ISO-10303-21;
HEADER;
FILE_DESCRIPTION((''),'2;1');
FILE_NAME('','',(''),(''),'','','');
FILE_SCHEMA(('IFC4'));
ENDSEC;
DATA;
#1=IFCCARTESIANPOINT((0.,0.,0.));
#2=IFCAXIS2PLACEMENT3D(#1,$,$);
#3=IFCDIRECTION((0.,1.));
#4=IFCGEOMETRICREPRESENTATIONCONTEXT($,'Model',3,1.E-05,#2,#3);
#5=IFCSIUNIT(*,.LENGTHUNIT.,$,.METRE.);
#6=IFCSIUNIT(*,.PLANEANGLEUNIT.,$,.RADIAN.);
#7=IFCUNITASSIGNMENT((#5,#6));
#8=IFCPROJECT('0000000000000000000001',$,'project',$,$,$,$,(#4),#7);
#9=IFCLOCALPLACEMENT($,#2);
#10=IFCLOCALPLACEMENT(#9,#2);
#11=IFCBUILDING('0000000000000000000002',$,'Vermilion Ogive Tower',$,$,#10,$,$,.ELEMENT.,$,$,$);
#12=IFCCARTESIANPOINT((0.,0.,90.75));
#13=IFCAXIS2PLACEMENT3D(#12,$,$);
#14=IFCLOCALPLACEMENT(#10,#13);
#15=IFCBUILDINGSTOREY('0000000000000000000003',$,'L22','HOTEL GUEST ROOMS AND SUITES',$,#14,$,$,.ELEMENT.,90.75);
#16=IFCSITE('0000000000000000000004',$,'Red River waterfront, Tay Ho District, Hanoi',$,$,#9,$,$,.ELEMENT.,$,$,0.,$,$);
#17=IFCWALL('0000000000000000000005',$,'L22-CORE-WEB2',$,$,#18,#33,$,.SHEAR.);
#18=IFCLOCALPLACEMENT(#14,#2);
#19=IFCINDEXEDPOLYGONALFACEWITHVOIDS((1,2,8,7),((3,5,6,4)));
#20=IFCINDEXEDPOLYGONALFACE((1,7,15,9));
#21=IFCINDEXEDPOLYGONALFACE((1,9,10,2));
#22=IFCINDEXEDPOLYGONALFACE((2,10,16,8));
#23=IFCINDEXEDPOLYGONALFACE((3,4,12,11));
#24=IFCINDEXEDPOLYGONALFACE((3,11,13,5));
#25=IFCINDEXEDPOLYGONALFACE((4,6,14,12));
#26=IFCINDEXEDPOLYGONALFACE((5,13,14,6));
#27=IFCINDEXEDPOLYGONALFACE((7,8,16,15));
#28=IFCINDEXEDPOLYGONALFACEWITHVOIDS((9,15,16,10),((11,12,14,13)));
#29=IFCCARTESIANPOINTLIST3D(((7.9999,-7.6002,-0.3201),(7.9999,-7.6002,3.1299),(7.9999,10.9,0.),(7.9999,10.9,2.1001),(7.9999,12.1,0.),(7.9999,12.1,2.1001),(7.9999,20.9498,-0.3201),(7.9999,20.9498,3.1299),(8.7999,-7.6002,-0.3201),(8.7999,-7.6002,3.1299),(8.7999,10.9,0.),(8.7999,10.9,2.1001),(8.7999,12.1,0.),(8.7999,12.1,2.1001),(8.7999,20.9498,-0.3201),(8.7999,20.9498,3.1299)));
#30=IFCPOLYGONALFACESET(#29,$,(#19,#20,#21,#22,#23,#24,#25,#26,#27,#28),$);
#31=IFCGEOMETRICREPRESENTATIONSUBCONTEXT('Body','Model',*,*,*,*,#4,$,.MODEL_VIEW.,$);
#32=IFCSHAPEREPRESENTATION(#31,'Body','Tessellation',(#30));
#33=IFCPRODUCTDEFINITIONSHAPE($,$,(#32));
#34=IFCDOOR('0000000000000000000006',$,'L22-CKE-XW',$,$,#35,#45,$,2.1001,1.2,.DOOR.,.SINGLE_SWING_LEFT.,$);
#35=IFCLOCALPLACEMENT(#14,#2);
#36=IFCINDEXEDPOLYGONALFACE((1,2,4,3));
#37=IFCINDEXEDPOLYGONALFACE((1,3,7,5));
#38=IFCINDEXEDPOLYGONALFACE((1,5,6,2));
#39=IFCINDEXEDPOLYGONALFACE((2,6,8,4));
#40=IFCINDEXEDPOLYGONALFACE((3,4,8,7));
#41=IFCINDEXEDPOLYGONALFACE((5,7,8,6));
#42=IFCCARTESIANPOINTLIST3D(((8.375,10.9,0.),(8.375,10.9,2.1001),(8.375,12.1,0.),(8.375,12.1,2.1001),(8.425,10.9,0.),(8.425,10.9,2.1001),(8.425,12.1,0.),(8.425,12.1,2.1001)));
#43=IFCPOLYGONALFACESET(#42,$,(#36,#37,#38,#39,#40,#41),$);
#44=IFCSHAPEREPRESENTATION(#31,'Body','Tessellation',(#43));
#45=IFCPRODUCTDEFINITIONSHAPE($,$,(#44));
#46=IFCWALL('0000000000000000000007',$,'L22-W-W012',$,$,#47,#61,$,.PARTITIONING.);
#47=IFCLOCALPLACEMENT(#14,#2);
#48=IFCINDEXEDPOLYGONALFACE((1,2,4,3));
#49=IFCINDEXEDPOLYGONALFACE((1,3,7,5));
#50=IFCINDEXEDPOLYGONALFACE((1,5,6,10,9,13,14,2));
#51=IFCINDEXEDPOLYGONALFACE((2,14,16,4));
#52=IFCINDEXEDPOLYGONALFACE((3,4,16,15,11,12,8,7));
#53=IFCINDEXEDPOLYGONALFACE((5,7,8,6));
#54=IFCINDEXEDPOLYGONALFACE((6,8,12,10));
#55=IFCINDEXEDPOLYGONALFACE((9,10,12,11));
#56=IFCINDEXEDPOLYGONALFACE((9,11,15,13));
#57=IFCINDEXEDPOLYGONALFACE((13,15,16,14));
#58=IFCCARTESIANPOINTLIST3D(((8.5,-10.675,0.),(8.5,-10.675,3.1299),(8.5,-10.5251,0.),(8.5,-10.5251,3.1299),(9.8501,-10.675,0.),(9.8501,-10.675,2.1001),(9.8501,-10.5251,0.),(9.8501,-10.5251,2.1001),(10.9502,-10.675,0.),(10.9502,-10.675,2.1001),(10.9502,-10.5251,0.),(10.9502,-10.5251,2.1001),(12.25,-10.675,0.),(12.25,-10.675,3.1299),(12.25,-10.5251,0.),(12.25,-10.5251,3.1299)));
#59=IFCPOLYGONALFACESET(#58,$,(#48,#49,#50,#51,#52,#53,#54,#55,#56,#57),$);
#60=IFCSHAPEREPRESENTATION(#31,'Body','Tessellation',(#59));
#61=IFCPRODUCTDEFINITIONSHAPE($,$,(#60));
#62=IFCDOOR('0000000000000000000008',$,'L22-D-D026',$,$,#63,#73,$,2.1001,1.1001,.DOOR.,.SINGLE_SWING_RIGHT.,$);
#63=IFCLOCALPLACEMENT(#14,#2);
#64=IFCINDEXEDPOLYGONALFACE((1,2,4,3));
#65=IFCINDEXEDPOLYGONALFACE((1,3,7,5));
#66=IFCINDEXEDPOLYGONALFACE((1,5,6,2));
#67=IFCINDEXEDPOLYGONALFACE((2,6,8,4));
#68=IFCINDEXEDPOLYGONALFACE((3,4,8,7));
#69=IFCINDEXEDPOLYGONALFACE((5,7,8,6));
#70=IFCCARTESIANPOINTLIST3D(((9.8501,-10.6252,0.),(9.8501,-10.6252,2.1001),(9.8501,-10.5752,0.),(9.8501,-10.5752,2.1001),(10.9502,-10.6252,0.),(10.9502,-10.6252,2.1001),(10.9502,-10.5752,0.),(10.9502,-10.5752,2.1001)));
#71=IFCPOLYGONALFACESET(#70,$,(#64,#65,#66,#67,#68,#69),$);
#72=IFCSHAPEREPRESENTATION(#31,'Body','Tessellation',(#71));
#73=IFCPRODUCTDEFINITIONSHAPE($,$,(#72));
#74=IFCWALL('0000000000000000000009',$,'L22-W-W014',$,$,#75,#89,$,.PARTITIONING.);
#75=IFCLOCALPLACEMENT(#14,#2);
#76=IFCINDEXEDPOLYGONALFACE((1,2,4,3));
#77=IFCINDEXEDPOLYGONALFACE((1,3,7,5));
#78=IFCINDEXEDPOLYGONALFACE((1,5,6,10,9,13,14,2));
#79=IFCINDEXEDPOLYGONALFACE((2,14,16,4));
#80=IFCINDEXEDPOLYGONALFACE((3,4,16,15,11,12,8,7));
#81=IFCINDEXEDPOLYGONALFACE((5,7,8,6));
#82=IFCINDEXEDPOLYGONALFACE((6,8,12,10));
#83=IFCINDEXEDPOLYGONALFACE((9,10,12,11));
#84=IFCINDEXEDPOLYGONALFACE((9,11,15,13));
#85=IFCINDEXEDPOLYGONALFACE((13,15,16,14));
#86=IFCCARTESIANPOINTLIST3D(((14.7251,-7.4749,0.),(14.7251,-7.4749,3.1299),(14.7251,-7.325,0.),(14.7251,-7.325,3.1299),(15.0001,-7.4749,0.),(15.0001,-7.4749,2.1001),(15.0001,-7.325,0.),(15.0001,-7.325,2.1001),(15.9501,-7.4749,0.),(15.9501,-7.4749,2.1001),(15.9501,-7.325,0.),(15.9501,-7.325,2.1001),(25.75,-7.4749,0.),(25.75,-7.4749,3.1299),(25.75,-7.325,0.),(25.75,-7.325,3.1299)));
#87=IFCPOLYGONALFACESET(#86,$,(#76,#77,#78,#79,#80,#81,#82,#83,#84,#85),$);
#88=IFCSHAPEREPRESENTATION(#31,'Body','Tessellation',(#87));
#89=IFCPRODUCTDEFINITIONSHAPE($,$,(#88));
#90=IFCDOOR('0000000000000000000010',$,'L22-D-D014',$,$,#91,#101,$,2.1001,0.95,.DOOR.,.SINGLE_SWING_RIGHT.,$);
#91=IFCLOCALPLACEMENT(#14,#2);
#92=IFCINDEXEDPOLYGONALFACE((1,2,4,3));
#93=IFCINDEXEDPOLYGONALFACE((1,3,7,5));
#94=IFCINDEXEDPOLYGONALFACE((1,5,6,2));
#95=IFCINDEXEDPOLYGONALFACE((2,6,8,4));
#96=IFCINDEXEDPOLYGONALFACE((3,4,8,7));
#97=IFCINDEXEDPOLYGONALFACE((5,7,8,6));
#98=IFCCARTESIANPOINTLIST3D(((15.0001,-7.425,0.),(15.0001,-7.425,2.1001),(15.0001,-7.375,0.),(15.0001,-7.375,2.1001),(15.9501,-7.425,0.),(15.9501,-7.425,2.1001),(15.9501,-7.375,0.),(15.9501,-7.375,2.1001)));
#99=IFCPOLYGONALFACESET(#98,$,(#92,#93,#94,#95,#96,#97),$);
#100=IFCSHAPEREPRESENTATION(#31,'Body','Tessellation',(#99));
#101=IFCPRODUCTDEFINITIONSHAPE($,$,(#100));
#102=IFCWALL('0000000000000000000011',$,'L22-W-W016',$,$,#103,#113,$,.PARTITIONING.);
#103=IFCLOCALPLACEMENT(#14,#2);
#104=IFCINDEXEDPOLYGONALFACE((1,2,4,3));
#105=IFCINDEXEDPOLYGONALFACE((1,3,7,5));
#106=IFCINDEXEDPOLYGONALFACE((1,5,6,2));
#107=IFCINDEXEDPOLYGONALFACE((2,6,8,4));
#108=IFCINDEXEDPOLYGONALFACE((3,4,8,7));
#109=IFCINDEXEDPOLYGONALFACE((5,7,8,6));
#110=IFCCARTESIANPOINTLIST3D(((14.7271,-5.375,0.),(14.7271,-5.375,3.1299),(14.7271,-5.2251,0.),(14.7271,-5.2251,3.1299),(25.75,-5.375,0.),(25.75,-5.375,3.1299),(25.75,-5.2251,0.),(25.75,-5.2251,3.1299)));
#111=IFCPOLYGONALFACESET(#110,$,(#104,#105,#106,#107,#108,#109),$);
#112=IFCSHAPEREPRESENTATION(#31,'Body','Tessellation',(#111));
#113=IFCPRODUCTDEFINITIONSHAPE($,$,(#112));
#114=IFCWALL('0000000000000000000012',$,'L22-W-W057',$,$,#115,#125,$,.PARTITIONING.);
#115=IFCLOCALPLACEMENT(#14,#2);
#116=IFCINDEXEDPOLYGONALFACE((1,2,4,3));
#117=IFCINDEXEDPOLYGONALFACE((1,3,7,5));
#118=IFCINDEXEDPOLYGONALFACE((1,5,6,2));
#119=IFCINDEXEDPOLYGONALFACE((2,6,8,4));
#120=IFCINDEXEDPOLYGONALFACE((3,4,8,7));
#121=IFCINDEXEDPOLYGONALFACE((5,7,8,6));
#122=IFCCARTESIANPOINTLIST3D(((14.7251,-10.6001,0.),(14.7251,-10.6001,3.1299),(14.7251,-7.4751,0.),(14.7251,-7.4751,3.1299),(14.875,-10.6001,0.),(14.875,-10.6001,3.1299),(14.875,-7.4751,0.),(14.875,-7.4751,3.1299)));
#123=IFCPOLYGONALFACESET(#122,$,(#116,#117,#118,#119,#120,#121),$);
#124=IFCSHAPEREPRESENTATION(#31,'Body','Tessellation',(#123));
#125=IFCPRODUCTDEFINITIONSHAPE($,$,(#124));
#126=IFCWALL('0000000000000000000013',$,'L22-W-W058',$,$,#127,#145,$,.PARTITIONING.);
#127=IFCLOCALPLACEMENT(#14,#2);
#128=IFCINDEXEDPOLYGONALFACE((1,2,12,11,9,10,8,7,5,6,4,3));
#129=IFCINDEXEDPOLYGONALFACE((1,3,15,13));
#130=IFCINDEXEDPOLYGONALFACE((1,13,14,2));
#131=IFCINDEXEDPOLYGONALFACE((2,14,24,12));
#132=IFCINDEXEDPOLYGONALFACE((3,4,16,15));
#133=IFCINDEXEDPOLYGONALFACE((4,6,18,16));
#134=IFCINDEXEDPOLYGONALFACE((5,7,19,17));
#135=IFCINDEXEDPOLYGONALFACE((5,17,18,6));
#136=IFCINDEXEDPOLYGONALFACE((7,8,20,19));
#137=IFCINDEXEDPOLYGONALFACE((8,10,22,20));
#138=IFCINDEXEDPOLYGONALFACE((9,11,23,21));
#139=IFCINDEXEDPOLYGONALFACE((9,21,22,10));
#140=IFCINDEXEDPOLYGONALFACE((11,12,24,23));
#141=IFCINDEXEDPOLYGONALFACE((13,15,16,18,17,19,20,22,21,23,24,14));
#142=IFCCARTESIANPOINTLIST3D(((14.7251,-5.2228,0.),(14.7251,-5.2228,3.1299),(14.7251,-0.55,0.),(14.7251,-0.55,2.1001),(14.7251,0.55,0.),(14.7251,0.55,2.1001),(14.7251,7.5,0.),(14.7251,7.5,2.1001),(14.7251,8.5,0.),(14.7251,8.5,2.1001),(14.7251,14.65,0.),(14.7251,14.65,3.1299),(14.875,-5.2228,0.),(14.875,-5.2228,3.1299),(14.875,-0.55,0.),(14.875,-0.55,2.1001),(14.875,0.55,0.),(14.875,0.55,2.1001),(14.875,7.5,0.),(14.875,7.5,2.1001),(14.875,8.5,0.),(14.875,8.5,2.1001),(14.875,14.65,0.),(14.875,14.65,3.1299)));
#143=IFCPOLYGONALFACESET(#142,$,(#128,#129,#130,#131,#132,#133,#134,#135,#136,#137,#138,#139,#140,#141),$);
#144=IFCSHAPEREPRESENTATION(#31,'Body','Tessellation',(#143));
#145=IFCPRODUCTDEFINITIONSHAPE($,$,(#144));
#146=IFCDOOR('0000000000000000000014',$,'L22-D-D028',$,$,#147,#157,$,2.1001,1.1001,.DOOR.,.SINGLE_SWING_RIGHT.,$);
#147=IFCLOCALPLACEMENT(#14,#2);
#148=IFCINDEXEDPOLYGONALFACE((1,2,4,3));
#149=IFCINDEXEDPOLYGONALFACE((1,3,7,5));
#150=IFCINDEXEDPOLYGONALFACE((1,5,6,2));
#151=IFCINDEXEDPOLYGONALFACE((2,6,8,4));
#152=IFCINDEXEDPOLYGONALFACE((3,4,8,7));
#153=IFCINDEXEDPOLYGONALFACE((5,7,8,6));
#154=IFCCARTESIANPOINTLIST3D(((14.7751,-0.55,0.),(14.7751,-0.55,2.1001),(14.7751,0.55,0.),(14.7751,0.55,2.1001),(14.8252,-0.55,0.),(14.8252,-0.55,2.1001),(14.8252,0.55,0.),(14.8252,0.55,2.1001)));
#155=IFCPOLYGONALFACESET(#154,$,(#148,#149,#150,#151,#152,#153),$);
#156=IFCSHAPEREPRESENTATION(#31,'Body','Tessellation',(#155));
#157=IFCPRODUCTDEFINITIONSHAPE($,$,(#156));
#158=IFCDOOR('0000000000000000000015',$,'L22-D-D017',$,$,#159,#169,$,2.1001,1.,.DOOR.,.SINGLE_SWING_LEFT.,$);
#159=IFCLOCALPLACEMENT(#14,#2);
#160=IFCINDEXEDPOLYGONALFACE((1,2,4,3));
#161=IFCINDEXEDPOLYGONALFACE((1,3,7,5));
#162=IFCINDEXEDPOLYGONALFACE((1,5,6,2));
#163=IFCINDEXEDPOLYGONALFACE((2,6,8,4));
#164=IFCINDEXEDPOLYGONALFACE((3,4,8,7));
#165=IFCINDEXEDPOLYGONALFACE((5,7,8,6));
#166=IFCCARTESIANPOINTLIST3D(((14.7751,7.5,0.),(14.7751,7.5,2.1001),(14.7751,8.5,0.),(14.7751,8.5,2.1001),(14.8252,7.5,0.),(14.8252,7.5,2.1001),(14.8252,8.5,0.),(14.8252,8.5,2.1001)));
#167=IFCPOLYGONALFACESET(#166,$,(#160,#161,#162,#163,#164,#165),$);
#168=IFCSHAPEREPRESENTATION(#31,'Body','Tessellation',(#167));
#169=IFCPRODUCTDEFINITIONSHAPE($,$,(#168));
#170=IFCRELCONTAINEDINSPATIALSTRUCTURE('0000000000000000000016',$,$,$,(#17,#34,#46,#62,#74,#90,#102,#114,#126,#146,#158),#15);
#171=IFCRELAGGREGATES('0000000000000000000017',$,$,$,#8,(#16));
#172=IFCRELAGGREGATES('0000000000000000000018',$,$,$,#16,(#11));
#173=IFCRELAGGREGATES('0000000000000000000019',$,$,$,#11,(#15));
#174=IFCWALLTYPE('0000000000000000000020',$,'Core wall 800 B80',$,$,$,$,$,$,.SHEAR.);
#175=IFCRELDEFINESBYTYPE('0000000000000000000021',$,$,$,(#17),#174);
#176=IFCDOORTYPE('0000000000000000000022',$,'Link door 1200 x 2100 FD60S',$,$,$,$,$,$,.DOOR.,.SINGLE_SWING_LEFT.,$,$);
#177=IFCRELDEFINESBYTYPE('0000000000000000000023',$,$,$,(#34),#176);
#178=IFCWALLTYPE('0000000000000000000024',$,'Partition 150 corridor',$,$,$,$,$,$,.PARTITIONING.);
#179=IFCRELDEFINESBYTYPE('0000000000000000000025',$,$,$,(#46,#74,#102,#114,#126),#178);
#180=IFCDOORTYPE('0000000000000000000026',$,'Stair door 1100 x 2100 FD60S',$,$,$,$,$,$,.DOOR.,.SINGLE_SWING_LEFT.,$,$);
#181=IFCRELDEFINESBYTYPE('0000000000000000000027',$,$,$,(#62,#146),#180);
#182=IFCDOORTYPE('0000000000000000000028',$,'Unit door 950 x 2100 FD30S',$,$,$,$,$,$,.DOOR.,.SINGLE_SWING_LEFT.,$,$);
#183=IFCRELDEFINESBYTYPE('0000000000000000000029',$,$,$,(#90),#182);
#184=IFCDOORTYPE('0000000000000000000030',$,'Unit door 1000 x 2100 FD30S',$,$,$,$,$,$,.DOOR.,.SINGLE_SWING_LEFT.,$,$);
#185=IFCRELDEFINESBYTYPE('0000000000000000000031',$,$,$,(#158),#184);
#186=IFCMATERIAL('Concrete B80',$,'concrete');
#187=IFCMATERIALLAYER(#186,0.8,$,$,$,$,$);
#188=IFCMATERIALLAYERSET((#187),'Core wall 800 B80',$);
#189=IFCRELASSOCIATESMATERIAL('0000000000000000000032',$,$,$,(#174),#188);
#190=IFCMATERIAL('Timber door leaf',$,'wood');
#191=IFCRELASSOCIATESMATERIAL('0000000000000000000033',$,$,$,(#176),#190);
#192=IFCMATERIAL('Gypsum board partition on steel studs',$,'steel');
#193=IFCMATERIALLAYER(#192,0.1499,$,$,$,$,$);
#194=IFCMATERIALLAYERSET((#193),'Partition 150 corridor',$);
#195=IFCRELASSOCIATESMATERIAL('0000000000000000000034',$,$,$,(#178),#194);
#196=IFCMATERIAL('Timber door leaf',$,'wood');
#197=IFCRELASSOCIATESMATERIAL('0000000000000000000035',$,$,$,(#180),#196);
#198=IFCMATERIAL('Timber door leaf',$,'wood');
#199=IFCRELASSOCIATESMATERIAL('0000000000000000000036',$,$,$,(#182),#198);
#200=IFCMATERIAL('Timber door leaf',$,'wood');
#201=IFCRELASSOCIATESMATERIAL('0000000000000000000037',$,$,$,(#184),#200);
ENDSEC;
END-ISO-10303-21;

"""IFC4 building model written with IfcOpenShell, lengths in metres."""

from ifc_helpers import new_model, si_unit, direction, frame, frame_2d, origin, place, context, subcontext, project, spatial, rectangle, extrude, material, layer, layer_set, type_object, element, fill, save


model = new_model("IFC4")

# Units and contexts
model_context = context("Model", 3, precision=1e-05, world=origin(), true_north=direction((0.0, 1.0)))
body_context = subcontext(model_context, "Body", "Model", "MODEL_VIEW")
ifc_project = project(units=[si_unit("LENGTHUNIT", "METRE"), si_unit("PLANEANGLEUNIT", "RADIAN")], contexts=[model_context])

# Site, building, storey
site_placement = place(None, origin())
site = spatial("IfcSite", under=ifc_project, at=site_placement, Name="Red River waterfront, Tay Ho District, Hanoi", CompositionType="ELEMENT", RefElevation=0.0)
building_placement = place(site_placement, origin())
building = spatial("IfcBuilding", under=site, at=building_placement, Name="Vermilion Ogive Tower", CompositionType="ELEMENT")
storey_placement = place(building_placement, frame((0.0, 0.0, 90.75)))
storey = spatial("IfcBuildingStorey", under=building, at=storey_placement, Name="L22", Description="HOTEL GUEST ROOMS AND SUITES", CompositionType="ELEMENT", Elevation=90.75)

# Shared definitions
ifc_material_1 = material(Name="Concrete B80", Category="concrete")
ifc_layer_1 = layer(ifc_material_1, 0.8)
ifc_layer_set_1 = layer_set([ifc_layer_1], Name="Core wall 800 B80")
wall_type_1 = type_object("IfcWallType", Name="Core wall 800 B80", PredefinedType="SHEAR", material=ifc_layer_set_1)
ifc_material_2 = material(Name="Timber door leaf", Category="wood")
door_type_1 = type_object("IfcDoorType", Name="Link door 1200 x 2100 FD60S", OperationType="SINGLE_SWING_LEFT", PredefinedType="DOOR", material=ifc_material_2)

# Walls, openings, doors
wall_1_placement = place(storey_placement, frame((8.3999, -7.6001, -0.3201), z_axis=(0.0, 0.0, 1.0), x_axis=(0.0, 1.0, 0.0)))
wall_1 = element("IfcWall", 1, at=wall_1_placement, inside=storey, type_object=wall_type_1, Name="L22-CORE-WEB2", PredefinedType="SHEAR", context=body_context, shape_type="SweptSolid", body=[
    extrude(rectangle(XDim=28.55, YDim=0.8, at=frame_2d((14.2749, 0.0))), origin(), (0.0, 0.0, 1.0), 3.45),
])
opening_1_placement = place(wall_1_placement, frame((18.5, 0.0, 0.3201)))
opening_1 = element("IfcOpeningElement", 2, at=opening_1_placement, cuts=wall_1, PredefinedType="OPENING", context=body_context, shape_type="SweptSolid", body=[
    extrude(rectangle(XDim=1.2, YDim=2.1001, at=frame_2d((0.6001, 1.05))), frame((0.0, 0.4099, 0.0), z_axis=(0.0, -1.0, 0.0), x_axis=(1.0, 0.0, 0.0)), (0.0, 0.0, 1.0), 0.8201),
])
door_1_placement = place(opening_1_placement, origin())
door_1 = element("IfcDoor", 3, at=door_1_placement, inside=storey, type_object=door_type_1, Name="L22-CKE-XW", OperationType="SINGLE_SWING_LEFT", OverallHeight=2.1001, OverallWidth=1.2, PredefinedType="DOOR", context=body_context, shape_type="SweptSolid", body=[
    extrude(rectangle(XDim=1.2, YDim=2.1001, at=frame_2d((0.6001, 1.05))), frame((0.0, 0.0249, 0.0), z_axis=(0.0, -1.0, 0.0), x_axis=(1.0, 0.0, 0.0)), (0.0, 0.0, 1.0), 0.05),
])
fill(opening_1, door_1)
ifc_material_3 = material(Name="Gypsum board partition on steel studs", Category="steel")
ifc_layer_2 = layer(ifc_material_3, 0.1499)
ifc_layer_set_2 = layer_set([ifc_layer_2], Name="Partition 150 corridor")
wall_type_2 = type_object("IfcWallType", Name="Partition 150 corridor", PredefinedType="PARTITIONING", material=ifc_layer_set_2)
wall_2_placement = place(storey_placement, frame((8.5, -10.6001, 0.0), z_axis=(0.0, 0.0, 1.0), x_axis=(1.0, 0.0, 0.0)))
wall_2 = element("IfcWall", 4, at=wall_2_placement, inside=storey, type_object=wall_type_2, Name="L22-W-W012", PredefinedType="PARTITIONING", context=body_context, shape_type="SweptSolid", body=[
    extrude(rectangle(XDim=3.75, YDim=0.1499, at=frame_2d((1.875, 0.0))), origin(), (0.0, 0.0, 1.0), 3.1299),
])
opening_2_placement = place(wall_2_placement, frame((1.3501, 0.0, 0.0)))
opening_2 = element("IfcOpeningElement", 5, at=opening_2_placement, cuts=wall_2, PredefinedType="OPENING", context=body_context, shape_type="SweptSolid", body=[
    extrude(rectangle(XDim=1.1001, YDim=2.1001, at=frame_2d((0.55, 1.05))), frame((0.0, 0.085, 0.0), z_axis=(0.0, -1.0, 0.0), x_axis=(1.0, 0.0, 0.0)), (0.0, 0.0, 1.0), 0.1699),
])
ifc_material_4 = material(Name="Timber door leaf", Category="wood")
door_type_2 = type_object("IfcDoorType", Name="Stair door 1100 x 2100 FD60S", OperationType="SINGLE_SWING_LEFT", PredefinedType="DOOR", material=ifc_material_4)
door_2_placement = place(opening_2_placement, origin())
door_2 = element("IfcDoor", 6, at=door_2_placement, inside=storey, type_object=door_type_2, Name="L22-D-D026", OperationType="SINGLE_SWING_RIGHT", OverallHeight=2.1001, OverallWidth=1.1001, PredefinedType="DOOR", context=body_context, shape_type="SweptSolid", body=[
    extrude(rectangle(XDim=1.1001, YDim=2.1001, at=frame_2d((0.55, 1.05))), frame((0.0, 0.0249, 0.0), z_axis=(0.0, -1.0, 0.0), x_axis=(1.0, 0.0, 0.0)), (0.0, 0.0, 1.0), 0.05),
])
fill(opening_2, door_2)
wall_3_placement = place(storey_placement, frame((14.7251, -7.3999, 0.0), z_axis=(0.0, 0.0, 1.0), x_axis=(1.0, 0.0, 0.0)))
wall_3 = element("IfcWall", 7, at=wall_3_placement, inside=storey, type_object=wall_type_2, Name="L22-W-W014", PredefinedType="PARTITIONING", context=body_context, shape_type="SweptSolid", body=[
    extrude(rectangle(XDim=11.0249, YDim=0.1499, at=frame_2d((5.5125, 0.0))), origin(), (0.0, 0.0, 1.0), 3.1299),
])
opening_3_placement = place(wall_3_placement, frame((0.2749, 0.0, 0.0)))
opening_3 = element("IfcOpeningElement", 8, at=opening_3_placement, cuts=wall_3, PredefinedType="OPENING", context=body_context, shape_type="SweptSolid", body=[
    extrude(rectangle(XDim=0.95, YDim=2.1001, at=frame_2d((0.4751, 1.05))), frame((0.0, 0.085, 0.0), z_axis=(0.0, -1.0, 0.0), x_axis=(1.0, 0.0, 0.0)), (0.0, 0.0, 1.0), 0.1699),
])
ifc_material_5 = material(Name="Timber door leaf", Category="wood")
door_type_3 = type_object("IfcDoorType", Name="Unit door 950 x 2100 FD30S", OperationType="SINGLE_SWING_LEFT", PredefinedType="DOOR", material=ifc_material_5)
door_3_placement = place(opening_3_placement, origin())
door_3 = element("IfcDoor", 9, at=door_3_placement, inside=storey, type_object=door_type_3, Name="L22-D-D014", OperationType="SINGLE_SWING_RIGHT", OverallHeight=2.1001, OverallWidth=0.95, PredefinedType="DOOR", context=body_context, shape_type="SweptSolid", body=[
    extrude(rectangle(XDim=0.95, YDim=2.1001, at=frame_2d((0.4751, 1.05))), frame((0.0, 0.0249, 0.0), z_axis=(0.0, -1.0, 0.0), x_axis=(1.0, 0.0, 0.0)), (0.0, 0.0, 1.0), 0.05),
])
fill(opening_3, door_3)

# Walls
wall_4_placement = place(storey_placement, frame((14.7271, -5.3, 0.0), z_axis=(0.0, 0.0, 1.0), x_axis=(1.0, 0.0, 0.0)))
element("IfcWall", 10, at=wall_4_placement, inside=storey, type_object=wall_type_2, Name="L22-W-W016", PredefinedType="PARTITIONING", context=body_context, shape_type="SweptSolid", body=[
    extrude(rectangle(XDim=11.0229, YDim=0.1499, at=frame_2d((5.5115, 0.0))), origin(), (0.0, 0.0, 1.0), 3.1299),
])
wall_5_placement = place(storey_placement, frame((14.8, -10.6001, 0.0), z_axis=(0.0, 0.0, 1.0), x_axis=(0.0, 1.0, 0.0)))
element("IfcWall", 11, at=wall_5_placement, inside=storey, type_object=wall_type_2, Name="L22-W-W057", PredefinedType="PARTITIONING", context=body_context, shape_type="SweptSolid", body=[
    extrude(rectangle(XDim=3.125, YDim=0.1499, at=frame_2d((1.5625, 0.0))), origin(), (0.0, 0.0, 1.0), 3.1299),
])

# Wall, openings, doors
wall_6_placement = place(storey_placement, frame((14.8, -5.2229, 0.0), z_axis=(0.0, 0.0, 1.0), x_axis=(0.0, 1.0, 0.0)))
wall_6 = element("IfcWall", 12, at=wall_6_placement, inside=storey, type_object=wall_type_2, Name="L22-W-W058", PredefinedType="PARTITIONING", context=body_context, shape_type="SweptSolid", body=[
    extrude(rectangle(XDim=19.8728, YDim=0.1499, at=frame_2d((9.9365, 0.0))), origin(), (0.0, 0.0, 1.0), 3.1299),
])
opening_4_placement = place(wall_6_placement, frame((12.7229, 0.0, 0.0)))
opening_4 = element("IfcOpeningElement", 13, at=opening_4_placement, cuts=wall_6, PredefinedType="OPENING", context=body_context, shape_type="SweptSolid", body=[
    extrude(rectangle(XDim=1.0, YDim=2.1001, at=frame_2d((0.5, 1.05))), frame((0.0, 0.085, 0.0), z_axis=(0.0, -1.0, 0.0), x_axis=(1.0, 0.0, 0.0)), (0.0, 0.0, 1.0), 0.1699),
])
opening_5_placement = place(wall_6_placement, frame((4.6729, 0.0, 0.0)))
opening_5 = element("IfcOpeningElement", 14, at=opening_5_placement, cuts=wall_6, PredefinedType="OPENING", context=body_context, shape_type="SweptSolid", body=[
    extrude(rectangle(XDim=1.1001, YDim=2.1001, at=frame_2d((0.55, 1.05))), frame((0.0, 0.085, 0.0), z_axis=(0.0, -1.0, 0.0), x_axis=(1.0, 0.0, 0.0)), (0.0, 0.0, 1.0), 0.1699),
])
door_4_placement = place(opening_5_placement, origin())
door_4 = element("IfcDoor", 15, at=door_4_placement, inside=storey, type_object=door_type_2, Name="L22-D-D028", OperationType="SINGLE_SWING_RIGHT", OverallHeight=2.1001, OverallWidth=1.1001, PredefinedType="DOOR", context=body_context, shape_type="SweptSolid", body=[
    extrude(rectangle(XDim=1.1001, YDim=2.1001, at=frame_2d((0.55, 1.05))), frame((0.0, 0.0249, 0.0), z_axis=(0.0, -1.0, 0.0), x_axis=(1.0, 0.0, 0.0)), (0.0, 0.0, 1.0), 0.05),
])
fill(opening_5, door_4)
ifc_material_6 = material(Name="Timber door leaf", Category="wood")
door_type_4 = type_object("IfcDoorType", Name="Unit door 1000 x 2100 FD30S", OperationType="SINGLE_SWING_LEFT", PredefinedType="DOOR", material=ifc_material_6)
door_5_placement = place(opening_4_placement, origin())
door_5 = element("IfcDoor", 16, at=door_5_placement, inside=storey, type_object=door_type_4, Name="L22-D-D017", OperationType="SINGLE_SWING_LEFT", OverallHeight=2.1001, OverallWidth=1.0, PredefinedType="DOOR", context=body_context, shape_type="SweptSolid", body=[
    extrude(rectangle(XDim=1.0, YDim=2.1001, at=frame_2d((0.5, 1.05))), frame((0.0, 0.0249, 0.0), z_axis=(0.0, -1.0, 0.0), x_axis=(1.0, 0.0, 0.0)), (0.0, 0.0, 1.0), 0.05),
])
fill(opening_4, door_5)

save(model, "model.ifc")
